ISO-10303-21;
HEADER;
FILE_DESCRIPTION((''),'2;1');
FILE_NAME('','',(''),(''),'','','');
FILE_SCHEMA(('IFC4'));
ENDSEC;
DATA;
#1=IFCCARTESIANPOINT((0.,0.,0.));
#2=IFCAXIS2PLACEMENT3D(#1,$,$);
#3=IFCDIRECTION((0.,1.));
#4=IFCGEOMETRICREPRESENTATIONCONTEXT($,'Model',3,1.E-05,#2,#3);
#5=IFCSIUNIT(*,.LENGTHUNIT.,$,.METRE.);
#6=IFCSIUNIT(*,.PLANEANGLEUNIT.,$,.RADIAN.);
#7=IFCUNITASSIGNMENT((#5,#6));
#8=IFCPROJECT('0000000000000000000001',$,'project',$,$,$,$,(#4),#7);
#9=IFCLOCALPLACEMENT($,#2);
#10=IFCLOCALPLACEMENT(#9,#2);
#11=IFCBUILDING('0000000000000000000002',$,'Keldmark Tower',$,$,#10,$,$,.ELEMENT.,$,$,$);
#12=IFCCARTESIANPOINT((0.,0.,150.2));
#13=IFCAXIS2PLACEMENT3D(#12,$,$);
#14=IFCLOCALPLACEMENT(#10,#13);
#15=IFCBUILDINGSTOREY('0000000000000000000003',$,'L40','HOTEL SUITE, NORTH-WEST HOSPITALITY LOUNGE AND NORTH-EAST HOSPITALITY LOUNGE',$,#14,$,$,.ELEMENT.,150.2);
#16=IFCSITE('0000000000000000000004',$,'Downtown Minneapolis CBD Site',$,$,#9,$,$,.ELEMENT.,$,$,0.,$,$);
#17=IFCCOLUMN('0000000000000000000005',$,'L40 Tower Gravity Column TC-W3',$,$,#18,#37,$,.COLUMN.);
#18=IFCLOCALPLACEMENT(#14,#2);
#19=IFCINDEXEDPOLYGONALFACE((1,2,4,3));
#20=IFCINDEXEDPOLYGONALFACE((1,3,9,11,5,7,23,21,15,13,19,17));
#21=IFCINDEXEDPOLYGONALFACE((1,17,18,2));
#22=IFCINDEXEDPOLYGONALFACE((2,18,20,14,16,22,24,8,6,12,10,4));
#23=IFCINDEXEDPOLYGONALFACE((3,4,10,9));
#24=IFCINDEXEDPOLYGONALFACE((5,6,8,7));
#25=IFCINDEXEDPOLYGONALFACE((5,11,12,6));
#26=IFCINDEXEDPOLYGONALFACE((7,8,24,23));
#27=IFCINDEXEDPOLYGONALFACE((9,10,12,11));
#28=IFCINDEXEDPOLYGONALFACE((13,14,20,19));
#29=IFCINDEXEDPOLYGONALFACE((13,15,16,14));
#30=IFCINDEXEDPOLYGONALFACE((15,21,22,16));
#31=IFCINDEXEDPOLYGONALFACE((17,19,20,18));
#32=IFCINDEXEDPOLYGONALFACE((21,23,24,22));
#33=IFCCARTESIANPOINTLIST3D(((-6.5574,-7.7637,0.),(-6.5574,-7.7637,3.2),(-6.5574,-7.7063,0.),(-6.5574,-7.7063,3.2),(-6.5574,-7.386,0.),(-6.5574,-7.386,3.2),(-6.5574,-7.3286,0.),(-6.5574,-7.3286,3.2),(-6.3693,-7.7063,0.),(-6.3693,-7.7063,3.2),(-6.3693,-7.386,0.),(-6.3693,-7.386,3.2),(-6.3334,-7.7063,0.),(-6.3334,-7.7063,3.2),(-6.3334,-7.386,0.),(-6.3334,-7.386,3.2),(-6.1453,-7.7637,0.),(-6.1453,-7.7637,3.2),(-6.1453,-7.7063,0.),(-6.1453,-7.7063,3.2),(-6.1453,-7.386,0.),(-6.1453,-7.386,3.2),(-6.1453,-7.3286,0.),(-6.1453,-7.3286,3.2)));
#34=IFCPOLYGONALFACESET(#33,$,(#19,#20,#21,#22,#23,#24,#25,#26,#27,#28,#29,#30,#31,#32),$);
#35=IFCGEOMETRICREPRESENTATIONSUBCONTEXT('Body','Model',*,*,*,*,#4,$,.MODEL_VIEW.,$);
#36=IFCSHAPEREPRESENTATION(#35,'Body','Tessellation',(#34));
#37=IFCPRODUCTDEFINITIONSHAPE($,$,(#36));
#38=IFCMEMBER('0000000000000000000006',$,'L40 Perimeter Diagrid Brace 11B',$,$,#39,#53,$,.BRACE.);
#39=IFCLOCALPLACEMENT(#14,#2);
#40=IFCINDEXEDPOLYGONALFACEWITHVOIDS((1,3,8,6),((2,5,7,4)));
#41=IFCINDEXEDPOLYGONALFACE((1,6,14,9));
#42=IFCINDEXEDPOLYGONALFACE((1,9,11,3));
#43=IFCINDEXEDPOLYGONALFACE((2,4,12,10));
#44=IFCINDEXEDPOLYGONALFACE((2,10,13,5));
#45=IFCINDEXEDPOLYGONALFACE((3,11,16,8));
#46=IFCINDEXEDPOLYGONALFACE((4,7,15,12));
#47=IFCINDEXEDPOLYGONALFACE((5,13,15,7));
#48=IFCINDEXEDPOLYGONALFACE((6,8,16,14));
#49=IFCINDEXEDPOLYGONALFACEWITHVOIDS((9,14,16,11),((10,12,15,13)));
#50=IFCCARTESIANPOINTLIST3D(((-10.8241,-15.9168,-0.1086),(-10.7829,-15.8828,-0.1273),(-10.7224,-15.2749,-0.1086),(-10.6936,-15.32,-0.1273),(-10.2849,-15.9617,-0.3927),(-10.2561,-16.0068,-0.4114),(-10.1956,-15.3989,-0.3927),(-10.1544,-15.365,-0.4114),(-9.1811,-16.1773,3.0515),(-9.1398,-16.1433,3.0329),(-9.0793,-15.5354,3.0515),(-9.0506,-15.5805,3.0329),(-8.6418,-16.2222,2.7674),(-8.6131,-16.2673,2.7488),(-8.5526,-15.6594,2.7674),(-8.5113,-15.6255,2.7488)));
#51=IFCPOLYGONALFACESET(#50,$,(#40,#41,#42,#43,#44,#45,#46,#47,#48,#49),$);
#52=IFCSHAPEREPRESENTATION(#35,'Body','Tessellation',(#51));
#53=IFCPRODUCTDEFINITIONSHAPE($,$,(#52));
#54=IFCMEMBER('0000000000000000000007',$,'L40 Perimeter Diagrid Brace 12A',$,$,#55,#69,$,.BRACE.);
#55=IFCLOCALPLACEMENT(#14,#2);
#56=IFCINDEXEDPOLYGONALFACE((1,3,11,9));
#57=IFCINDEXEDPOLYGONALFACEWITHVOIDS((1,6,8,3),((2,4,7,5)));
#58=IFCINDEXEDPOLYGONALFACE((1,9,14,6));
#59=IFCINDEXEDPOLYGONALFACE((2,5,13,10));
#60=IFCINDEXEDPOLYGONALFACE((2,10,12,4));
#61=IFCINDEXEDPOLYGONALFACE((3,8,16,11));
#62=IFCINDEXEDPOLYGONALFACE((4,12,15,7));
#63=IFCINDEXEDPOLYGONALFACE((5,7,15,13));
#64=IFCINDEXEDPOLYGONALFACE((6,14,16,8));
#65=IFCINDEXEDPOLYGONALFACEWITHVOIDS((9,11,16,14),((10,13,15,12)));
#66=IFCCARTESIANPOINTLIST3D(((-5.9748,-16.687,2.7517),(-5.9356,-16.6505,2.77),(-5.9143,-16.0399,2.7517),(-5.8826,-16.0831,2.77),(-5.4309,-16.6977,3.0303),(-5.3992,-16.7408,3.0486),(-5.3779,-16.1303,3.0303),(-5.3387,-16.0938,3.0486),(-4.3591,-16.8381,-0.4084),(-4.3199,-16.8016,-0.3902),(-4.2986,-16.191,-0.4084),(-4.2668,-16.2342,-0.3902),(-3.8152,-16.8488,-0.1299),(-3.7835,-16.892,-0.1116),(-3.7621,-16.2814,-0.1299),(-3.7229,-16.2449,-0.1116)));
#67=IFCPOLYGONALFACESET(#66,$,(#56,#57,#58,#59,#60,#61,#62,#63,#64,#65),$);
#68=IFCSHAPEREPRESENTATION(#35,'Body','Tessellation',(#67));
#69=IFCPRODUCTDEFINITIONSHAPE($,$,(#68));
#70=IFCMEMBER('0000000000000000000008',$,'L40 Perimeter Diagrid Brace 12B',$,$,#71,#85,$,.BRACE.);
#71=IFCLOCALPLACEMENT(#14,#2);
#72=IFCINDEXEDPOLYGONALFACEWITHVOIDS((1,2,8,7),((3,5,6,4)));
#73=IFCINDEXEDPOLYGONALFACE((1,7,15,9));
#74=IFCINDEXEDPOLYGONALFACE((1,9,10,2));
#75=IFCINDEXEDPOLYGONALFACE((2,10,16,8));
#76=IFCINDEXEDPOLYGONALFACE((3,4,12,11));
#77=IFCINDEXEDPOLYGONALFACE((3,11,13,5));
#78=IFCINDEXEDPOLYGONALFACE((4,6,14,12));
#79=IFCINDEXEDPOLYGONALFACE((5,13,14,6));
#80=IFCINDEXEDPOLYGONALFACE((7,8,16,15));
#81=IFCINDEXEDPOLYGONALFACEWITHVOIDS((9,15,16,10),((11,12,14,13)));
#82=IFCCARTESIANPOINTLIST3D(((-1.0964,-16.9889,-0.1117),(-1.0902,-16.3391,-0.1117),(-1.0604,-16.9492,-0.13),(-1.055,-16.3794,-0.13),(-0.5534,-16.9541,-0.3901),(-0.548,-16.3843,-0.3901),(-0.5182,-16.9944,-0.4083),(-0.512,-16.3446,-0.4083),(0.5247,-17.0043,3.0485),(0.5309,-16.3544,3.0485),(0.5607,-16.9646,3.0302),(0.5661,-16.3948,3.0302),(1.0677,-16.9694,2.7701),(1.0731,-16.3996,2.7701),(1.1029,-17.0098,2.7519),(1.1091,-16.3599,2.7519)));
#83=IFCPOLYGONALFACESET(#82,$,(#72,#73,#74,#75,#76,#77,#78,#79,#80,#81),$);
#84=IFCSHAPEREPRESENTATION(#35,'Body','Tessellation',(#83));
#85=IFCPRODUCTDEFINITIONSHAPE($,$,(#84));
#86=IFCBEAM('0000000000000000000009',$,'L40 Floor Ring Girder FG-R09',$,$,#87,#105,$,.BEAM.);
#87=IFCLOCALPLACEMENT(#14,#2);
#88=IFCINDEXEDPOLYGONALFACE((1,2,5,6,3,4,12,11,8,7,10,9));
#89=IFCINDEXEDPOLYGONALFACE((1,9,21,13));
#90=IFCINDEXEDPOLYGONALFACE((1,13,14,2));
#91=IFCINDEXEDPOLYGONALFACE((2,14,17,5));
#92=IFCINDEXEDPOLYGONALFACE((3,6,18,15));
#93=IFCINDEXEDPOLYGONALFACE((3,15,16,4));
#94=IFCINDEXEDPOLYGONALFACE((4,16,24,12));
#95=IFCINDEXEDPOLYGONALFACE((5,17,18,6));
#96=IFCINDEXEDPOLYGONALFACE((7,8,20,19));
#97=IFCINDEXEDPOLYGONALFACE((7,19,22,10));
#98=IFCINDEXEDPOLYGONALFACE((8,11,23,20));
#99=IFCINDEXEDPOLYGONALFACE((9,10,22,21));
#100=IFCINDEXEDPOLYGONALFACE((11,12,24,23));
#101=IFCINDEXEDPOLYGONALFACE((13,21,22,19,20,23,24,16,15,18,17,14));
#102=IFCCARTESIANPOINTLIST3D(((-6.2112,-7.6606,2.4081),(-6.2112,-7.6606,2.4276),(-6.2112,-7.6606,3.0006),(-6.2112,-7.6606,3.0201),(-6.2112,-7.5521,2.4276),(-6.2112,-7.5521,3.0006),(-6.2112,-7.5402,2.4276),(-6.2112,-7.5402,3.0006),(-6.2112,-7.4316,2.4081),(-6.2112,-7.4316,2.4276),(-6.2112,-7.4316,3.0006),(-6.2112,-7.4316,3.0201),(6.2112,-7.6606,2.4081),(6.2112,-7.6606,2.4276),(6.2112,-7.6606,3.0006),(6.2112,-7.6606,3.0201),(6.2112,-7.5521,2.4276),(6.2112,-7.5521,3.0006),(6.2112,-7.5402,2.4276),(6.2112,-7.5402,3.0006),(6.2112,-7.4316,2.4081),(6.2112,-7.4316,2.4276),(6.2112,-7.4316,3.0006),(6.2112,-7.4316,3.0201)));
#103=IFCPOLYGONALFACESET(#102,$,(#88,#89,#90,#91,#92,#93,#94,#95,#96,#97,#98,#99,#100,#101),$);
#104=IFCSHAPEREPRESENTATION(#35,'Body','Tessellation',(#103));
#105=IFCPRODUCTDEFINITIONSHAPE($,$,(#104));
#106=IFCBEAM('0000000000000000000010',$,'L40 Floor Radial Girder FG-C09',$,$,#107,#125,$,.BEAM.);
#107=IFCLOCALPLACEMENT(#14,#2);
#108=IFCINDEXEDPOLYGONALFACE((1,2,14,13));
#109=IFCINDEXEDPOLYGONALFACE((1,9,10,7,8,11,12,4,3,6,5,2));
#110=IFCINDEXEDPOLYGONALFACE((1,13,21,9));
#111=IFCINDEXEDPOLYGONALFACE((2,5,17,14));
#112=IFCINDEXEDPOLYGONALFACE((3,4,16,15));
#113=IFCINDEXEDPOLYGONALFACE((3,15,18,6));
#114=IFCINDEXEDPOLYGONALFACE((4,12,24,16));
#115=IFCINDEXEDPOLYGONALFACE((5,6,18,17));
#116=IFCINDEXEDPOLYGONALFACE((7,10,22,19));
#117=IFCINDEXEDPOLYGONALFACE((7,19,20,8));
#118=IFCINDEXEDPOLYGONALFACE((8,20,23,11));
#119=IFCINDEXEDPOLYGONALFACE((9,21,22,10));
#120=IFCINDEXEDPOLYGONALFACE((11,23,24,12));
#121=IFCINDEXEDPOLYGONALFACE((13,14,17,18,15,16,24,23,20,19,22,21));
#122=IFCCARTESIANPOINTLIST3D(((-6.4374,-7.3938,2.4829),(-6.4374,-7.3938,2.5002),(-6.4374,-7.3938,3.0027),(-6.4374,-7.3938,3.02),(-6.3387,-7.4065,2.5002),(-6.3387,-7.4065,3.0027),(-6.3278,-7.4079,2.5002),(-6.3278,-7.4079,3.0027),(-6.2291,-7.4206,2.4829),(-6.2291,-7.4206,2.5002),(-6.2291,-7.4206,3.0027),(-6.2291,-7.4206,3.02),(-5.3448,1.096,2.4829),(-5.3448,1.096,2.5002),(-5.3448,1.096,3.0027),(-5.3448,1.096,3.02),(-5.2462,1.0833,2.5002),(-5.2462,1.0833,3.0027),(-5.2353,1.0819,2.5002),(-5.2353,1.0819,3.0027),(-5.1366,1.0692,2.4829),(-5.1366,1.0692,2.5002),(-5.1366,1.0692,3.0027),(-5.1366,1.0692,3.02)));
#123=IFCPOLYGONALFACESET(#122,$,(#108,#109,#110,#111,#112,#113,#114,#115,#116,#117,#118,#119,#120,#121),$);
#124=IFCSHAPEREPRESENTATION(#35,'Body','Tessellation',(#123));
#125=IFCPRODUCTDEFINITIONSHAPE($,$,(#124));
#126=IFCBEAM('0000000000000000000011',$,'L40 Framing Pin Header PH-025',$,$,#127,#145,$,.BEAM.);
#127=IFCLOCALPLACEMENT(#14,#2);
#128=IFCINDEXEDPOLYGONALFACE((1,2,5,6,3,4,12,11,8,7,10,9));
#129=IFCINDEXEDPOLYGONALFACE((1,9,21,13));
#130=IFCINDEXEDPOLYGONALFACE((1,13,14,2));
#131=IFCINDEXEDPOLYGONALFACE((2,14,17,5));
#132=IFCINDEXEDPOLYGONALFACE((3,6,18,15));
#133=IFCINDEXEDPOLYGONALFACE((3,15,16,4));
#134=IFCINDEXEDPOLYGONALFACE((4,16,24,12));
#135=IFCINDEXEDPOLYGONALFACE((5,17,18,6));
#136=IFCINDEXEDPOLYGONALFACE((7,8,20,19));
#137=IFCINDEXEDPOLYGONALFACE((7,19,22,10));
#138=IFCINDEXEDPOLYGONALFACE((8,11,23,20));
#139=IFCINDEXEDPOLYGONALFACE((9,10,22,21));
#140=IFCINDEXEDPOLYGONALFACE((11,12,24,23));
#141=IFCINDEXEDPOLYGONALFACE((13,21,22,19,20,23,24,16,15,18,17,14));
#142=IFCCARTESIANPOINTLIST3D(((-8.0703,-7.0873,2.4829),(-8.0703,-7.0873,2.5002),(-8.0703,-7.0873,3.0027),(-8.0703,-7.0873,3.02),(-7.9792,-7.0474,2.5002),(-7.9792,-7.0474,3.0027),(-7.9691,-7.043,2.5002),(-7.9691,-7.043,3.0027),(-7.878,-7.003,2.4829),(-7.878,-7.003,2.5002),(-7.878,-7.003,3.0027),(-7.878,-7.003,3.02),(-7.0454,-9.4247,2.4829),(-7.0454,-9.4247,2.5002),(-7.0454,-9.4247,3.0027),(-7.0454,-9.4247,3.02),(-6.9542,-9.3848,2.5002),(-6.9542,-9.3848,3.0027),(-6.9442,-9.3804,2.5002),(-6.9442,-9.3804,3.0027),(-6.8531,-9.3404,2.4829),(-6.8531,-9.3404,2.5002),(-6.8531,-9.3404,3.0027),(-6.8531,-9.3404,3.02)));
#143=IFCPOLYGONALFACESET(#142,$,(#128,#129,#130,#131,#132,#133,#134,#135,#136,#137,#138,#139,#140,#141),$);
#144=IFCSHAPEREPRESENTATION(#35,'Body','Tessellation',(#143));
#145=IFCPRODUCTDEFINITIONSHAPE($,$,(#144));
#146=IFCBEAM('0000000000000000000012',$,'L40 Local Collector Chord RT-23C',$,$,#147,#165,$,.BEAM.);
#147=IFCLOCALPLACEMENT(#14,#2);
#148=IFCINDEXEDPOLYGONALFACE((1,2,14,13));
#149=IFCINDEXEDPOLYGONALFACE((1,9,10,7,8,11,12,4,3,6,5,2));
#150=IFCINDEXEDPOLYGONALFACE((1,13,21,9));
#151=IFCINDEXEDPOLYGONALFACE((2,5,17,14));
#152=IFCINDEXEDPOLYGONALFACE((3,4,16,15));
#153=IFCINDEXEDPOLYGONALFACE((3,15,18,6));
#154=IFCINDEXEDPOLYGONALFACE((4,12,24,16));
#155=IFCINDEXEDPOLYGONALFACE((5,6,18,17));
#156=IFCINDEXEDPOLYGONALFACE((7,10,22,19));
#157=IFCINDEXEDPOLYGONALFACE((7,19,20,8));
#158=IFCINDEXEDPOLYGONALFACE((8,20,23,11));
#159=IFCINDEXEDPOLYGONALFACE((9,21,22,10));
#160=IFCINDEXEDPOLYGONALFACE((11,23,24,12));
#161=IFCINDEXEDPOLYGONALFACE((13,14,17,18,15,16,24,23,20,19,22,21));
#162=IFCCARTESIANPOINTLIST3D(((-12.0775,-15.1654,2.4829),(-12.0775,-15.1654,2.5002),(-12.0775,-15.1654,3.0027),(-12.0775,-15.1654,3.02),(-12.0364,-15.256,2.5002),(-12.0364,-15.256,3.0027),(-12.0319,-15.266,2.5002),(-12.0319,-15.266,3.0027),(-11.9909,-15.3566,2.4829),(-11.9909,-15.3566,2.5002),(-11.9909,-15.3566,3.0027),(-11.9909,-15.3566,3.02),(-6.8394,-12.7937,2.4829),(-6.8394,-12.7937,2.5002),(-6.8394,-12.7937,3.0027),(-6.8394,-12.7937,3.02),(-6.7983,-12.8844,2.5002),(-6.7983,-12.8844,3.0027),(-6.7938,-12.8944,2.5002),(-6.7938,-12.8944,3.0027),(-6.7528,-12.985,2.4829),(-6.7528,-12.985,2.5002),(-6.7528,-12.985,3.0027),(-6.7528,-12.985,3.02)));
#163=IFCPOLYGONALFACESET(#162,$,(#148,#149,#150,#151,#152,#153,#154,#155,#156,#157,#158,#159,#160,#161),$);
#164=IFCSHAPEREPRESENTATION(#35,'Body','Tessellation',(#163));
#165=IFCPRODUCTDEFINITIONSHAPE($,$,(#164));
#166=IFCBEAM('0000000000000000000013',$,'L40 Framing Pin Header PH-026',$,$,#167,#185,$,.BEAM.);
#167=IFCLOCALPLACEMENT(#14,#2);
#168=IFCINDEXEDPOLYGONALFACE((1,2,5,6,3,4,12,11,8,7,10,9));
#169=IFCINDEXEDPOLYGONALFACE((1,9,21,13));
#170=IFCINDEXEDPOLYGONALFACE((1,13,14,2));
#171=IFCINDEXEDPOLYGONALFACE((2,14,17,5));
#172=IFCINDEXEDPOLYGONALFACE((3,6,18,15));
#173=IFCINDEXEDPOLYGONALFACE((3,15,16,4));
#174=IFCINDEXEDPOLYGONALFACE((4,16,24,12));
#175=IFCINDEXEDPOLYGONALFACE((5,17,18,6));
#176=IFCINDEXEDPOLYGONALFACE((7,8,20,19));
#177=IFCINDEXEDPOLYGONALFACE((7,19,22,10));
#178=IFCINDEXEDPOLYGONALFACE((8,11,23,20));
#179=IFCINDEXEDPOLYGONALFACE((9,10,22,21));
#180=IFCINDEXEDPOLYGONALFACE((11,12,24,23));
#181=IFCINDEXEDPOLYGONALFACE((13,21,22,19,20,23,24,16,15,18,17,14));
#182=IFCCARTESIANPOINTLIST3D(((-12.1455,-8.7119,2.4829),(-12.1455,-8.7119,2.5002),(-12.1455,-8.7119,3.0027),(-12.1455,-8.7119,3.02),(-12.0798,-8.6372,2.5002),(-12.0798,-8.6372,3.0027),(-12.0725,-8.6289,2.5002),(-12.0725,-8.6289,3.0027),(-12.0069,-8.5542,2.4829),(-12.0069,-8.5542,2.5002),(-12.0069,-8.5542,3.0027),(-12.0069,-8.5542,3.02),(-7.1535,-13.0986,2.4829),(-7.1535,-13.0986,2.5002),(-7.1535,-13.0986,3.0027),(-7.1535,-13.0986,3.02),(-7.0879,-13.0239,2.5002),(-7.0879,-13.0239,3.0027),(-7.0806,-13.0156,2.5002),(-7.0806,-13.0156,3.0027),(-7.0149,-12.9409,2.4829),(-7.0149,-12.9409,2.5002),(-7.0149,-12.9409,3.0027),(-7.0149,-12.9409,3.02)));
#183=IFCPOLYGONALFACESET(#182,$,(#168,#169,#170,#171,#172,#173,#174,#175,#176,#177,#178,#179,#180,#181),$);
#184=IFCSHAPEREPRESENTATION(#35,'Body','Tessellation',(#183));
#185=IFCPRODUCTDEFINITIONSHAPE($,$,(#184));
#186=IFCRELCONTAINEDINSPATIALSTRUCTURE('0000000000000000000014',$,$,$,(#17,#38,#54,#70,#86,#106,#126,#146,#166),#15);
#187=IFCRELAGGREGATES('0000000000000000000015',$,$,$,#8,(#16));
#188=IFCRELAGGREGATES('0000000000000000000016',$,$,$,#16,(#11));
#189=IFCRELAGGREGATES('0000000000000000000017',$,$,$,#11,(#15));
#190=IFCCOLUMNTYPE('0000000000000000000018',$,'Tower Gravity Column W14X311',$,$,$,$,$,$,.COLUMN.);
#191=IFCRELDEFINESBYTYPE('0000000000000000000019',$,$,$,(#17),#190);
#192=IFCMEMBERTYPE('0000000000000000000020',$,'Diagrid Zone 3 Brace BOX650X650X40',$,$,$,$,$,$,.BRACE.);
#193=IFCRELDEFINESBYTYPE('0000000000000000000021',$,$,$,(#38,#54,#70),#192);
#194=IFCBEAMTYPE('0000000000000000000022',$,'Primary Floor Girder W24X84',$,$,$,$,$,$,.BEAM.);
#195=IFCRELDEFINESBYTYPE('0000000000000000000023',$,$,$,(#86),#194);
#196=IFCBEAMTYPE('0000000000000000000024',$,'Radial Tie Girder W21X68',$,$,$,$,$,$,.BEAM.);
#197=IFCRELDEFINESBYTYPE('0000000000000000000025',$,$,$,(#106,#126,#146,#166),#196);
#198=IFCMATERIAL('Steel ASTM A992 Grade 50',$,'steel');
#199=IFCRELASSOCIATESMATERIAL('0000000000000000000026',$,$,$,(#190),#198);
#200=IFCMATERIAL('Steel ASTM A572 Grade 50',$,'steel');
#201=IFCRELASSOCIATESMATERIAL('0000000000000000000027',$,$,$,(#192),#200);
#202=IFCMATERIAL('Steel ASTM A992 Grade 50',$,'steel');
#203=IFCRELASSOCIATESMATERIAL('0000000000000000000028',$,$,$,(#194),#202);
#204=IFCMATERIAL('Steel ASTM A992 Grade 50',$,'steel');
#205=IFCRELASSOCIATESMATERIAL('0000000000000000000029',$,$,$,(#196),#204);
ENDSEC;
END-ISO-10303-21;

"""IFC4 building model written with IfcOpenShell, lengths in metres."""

from ifc_helpers import new_model, si_unit, direction, frame, origin, origin_2d, place, context, subcontext, project, spatial, hollow_rectangle, i_section, extrude, material, material_profile, profile_set, type_object, element, save


model = new_model("IFC4")

# Units and contexts
model_context = context("Model", 3, precision=1e-05, world=origin(), true_north=direction((0.0, 1.0)))
body_context = subcontext(model_context, "Body", "Model", "MODEL_VIEW")
ifc_project = project(units=[si_unit("LENGTHUNIT", "METRE"), si_unit("PLANEANGLEUNIT", "RADIAN")], contexts=[model_context])

# Site, building, storey
site_placement = place(None, origin())
site = spatial("IfcSite", under=ifc_project, at=site_placement, Name="Downtown Minneapolis CBD Site", CompositionType="ELEMENT", RefElevation=0.0)
building_placement = place(site_placement, origin())
building = spatial("IfcBuilding", under=site, at=building_placement, Name="Keldmark Tower", CompositionType="ELEMENT")
storey_placement = place(building_placement, frame((0.0, 0.0, 150.2)))
storey = spatial("IfcBuildingStorey", under=building, at=storey_placement, Name="L40", Description="HOTEL SUITE, NORTH-WEST HOSPITALITY LOUNGE AND NORTH-EAST HOSPITALITY LOUNGE", CompositionType="ELEMENT", Elevation=150.2)

# Column
ifc_material_1 = material(Name="Steel ASTM A992 Grade 50", Category="steel")
ifc_material_profile_1 = material_profile(ifc_material_1, i_section(OverallWidth=0.4121, OverallDepth=0.4351, WebThickness=0.0359, FlangeThickness=0.0574, at=origin_2d()), Name="W14X311")
ifc_profile_set_1 = profile_set([ifc_material_profile_1], Name="Steel ASTM A992 Grade 50")
column_type = type_object("IfcColumnType", Name="Tower Gravity Column W14X311", PredefinedType="COLUMN", material=ifc_profile_set_1)
column_placement = place(storey_placement, frame((-6.3513, -7.5461, 0.0), z_axis=(0.0, 0.0, 1.0), x_axis=(1.0, 0.0, 0.0)))
element("IfcColumn", 1, at=column_placement, inside=storey, type_object=column_type, Name="L40 Tower Gravity Column TC-W3", PredefinedType="COLUMN", context=body_context, shape_type="SweptSolid", body=[
    extrude(i_section(OverallWidth=0.4121, OverallDepth=0.4351, WebThickness=0.0359, FlangeThickness=0.0574, at=origin_2d()), origin(), (0.0, 0.0, 1.0), 3.2),
])

# Members
ifc_material_2 = material(Name="Steel ASTM A572 Grade 50", Category="steel")
ifc_material_profile_2 = material_profile(ifc_material_2, hollow_rectangle(XDim=0.6499, YDim=0.6499, WallThickness=0.04, at=origin_2d()), Name="BOX650X650X40")
ifc_profile_set_2 = profile_set([ifc_material_profile_2], Name="Steel ASTM A572 Grade 50")
member_type = type_object("IfcMemberType", Name="Diagrid Zone 3 Brace BOX650X650X40", PredefinedType="BRACE", material=ifc_profile_set_2)
member_1_placement = place(storey_placement, frame((-10.4893, -15.6409, -0.26), z_axis=(0.460076, -0.072942, 0.884878), x_axis=(0.156588, 0.987664, 0.0)))
element("IfcMember", 2, at=member_1_placement, inside=storey, type_object=member_type, Name="L40 Perimeter Diagrid Brace 11B", PredefinedType="BRACE", context=body_context, shape_type="SweptSolid", body=[
    extrude(hollow_rectangle(XDim=0.6499, YDim=0.6499, WallThickness=0.04, at=origin_2d()), origin(), (0.0, 0.0, 1.0), 3.5713),
])
member_2_placement = place(storey_placement, frame((-4.041, -16.5415, -0.26), z_axis=(-0.454818, 0.04254, 0.889568), x_axis=(-0.093126, -0.995654, 0.0)))
element("IfcMember", 3, at=member_2_placement, inside=storey, type_object=member_type, Name="L40 Perimeter Diagrid Brace 12A", PredefinedType="BRACE", context=body_context, shape_type="SweptSolid", body=[
    extrude(hollow_rectangle(XDim=0.6499, YDim=0.6499, WallThickness=0.04, at=origin_2d()), origin(), (0.0, 0.0, 1.0), 3.5525),
])
member_3_placement = place(storey_placement, frame((-0.8042, -16.6667, -0.26), z_axis=(0.456424, -0.004331, 0.889752), x_axis=(0.009488, 0.999955, 0.0)))
element("IfcMember", 4, at=member_3_placement, inside=storey, type_object=member_type, Name="L40 Perimeter Diagrid Brace 12B", PredefinedType="BRACE", context=body_context, shape_type="SweptSolid", body=[
    extrude(hollow_rectangle(XDim=0.6499, YDim=0.6499, WallThickness=0.04, at=origin_2d()), origin(), (0.0, 0.0, 1.0), 3.5518),
])

# Beams
ifc_material_3 = material(Name="Steel ASTM A992 Grade 50", Category="steel")
ifc_material_profile_3 = material_profile(ifc_material_3, i_section(OverallWidth=0.229, OverallDepth=0.6121, WebThickness=0.012, FlangeThickness=0.0195, at=origin_2d()), Name="W24X84")
ifc_profile_set_3 = profile_set([ifc_material_profile_3], Name="Steel ASTM A992 Grade 50")
beam_type_1 = type_object("IfcBeamType", Name="Primary Floor Girder W24X84", PredefinedType="BEAM", material=ifc_profile_set_3)
beam_1_placement = place(storey_placement, frame((-6.2112, -7.5461, 2.7141), z_axis=(1.0, 0.0, 0.0), x_axis=(0.0, 1.0, 0.0)))
element("IfcBeam", 5, at=beam_1_placement, inside=storey, type_object=beam_type_1, Name="L40 Floor Ring Girder FG-R09", PredefinedType="BEAM", context=body_context, shape_type="SweptSolid", body=[
    extrude(i_section(OverallWidth=0.229, OverallDepth=0.6121, WebThickness=0.012, FlangeThickness=0.0195, at=origin_2d()), origin(), (0.0, 0.0, 1.0), 12.4224),
])
ifc_material_4 = material(Name="Steel ASTM A992 Grade 50", Category="steel")
ifc_material_profile_4 = material_profile(ifc_material_4, i_section(OverallWidth=0.21, OverallDepth=0.5371, WebThickness=0.011, FlangeThickness=0.0173, at=origin_2d()), Name="W21X68")
ifc_profile_set_4 = profile_set([ifc_material_profile_4], Name="Steel ASTM A992 Grade 50")
beam_type_2 = type_object("IfcBeamType", Name="Radial Tie Girder W21X68", PredefinedType="BEAM", material=ifc_profile_set_4)
beam_2_placement = place(storey_placement, frame((-6.3333, -7.4072, 2.7515), z_axis=(0.127636, 0.991821, 0.0), x_axis=(-0.991821, 0.127636, 0.0)))
element("IfcBeam", 6, at=beam_2_placement, inside=storey, type_object=beam_type_2, Name="L40 Floor Radial Girder FG-C09", PredefinedType="BEAM", context=body_context, shape_type="SweptSolid", body=[
    extrude(i_section(OverallWidth=0.21, OverallDepth=0.5371, WebThickness=0.011, FlangeThickness=0.0173, at=origin_2d()), origin(), (0.0, 0.0, 1.0), 8.5598),
])
beam_3_placement = place(storey_placement, frame((-7.9741, -7.0452, 2.7515), z_axis=(0.401571, -0.915828, 0.0), x_axis=(0.915828, 0.401571, 0.0)))
element("IfcBeam", 7, at=beam_3_placement, inside=storey, type_object=beam_type_2, Name="L40 Framing Pin Header PH-025", PredefinedType="BEAM", context=body_context, shape_type="SweptSolid", body=[
    extrude(i_section(OverallWidth=0.21, OverallDepth=0.5371, WebThickness=0.011, FlangeThickness=0.0173, at=origin_2d()), origin(), (0.0, 0.0, 1.0), 2.5522),
])
beam_4_placement = place(storey_placement, frame((-12.0342, -15.261, 2.7515), z_axis=(0.910978, 0.412456, 0.0), x_axis=(-0.412456, 0.910978, 0.0)))
element("IfcBeam", 8, at=beam_4_placement, inside=storey, type_object=beam_type_2, Name="L40 Local Collector Chord RT-23C", PredefinedType="BEAM", context=body_context, shape_type="SweptSolid", body=[
    extrude(i_section(OverallWidth=0.21, OverallDepth=0.5371, WebThickness=0.011, FlangeThickness=0.0173, at=origin_2d()), origin(), (0.0, 0.0, 1.0), 5.75),
])
beam_5_placement = place(storey_placement, frame((-12.0762, -8.6331, 2.7515), z_axis=(0.751175, -0.660103, 0.0), x_axis=(0.660103, 0.751175, 0.0)))
element("IfcBeam", 9, at=beam_5_placement, inside=storey, type_object=beam_type_2, Name="L40 Framing Pin Header PH-026", PredefinedType="BEAM", context=body_context, shape_type="SweptSolid", body=[
    extrude(i_section(OverallWidth=0.21, OverallDepth=0.5371, WebThickness=0.011, FlangeThickness=0.0173, at=origin_2d()), origin(), (0.0, 0.0, 1.0), 6.6455),
])

save(model, "model.ifc")
